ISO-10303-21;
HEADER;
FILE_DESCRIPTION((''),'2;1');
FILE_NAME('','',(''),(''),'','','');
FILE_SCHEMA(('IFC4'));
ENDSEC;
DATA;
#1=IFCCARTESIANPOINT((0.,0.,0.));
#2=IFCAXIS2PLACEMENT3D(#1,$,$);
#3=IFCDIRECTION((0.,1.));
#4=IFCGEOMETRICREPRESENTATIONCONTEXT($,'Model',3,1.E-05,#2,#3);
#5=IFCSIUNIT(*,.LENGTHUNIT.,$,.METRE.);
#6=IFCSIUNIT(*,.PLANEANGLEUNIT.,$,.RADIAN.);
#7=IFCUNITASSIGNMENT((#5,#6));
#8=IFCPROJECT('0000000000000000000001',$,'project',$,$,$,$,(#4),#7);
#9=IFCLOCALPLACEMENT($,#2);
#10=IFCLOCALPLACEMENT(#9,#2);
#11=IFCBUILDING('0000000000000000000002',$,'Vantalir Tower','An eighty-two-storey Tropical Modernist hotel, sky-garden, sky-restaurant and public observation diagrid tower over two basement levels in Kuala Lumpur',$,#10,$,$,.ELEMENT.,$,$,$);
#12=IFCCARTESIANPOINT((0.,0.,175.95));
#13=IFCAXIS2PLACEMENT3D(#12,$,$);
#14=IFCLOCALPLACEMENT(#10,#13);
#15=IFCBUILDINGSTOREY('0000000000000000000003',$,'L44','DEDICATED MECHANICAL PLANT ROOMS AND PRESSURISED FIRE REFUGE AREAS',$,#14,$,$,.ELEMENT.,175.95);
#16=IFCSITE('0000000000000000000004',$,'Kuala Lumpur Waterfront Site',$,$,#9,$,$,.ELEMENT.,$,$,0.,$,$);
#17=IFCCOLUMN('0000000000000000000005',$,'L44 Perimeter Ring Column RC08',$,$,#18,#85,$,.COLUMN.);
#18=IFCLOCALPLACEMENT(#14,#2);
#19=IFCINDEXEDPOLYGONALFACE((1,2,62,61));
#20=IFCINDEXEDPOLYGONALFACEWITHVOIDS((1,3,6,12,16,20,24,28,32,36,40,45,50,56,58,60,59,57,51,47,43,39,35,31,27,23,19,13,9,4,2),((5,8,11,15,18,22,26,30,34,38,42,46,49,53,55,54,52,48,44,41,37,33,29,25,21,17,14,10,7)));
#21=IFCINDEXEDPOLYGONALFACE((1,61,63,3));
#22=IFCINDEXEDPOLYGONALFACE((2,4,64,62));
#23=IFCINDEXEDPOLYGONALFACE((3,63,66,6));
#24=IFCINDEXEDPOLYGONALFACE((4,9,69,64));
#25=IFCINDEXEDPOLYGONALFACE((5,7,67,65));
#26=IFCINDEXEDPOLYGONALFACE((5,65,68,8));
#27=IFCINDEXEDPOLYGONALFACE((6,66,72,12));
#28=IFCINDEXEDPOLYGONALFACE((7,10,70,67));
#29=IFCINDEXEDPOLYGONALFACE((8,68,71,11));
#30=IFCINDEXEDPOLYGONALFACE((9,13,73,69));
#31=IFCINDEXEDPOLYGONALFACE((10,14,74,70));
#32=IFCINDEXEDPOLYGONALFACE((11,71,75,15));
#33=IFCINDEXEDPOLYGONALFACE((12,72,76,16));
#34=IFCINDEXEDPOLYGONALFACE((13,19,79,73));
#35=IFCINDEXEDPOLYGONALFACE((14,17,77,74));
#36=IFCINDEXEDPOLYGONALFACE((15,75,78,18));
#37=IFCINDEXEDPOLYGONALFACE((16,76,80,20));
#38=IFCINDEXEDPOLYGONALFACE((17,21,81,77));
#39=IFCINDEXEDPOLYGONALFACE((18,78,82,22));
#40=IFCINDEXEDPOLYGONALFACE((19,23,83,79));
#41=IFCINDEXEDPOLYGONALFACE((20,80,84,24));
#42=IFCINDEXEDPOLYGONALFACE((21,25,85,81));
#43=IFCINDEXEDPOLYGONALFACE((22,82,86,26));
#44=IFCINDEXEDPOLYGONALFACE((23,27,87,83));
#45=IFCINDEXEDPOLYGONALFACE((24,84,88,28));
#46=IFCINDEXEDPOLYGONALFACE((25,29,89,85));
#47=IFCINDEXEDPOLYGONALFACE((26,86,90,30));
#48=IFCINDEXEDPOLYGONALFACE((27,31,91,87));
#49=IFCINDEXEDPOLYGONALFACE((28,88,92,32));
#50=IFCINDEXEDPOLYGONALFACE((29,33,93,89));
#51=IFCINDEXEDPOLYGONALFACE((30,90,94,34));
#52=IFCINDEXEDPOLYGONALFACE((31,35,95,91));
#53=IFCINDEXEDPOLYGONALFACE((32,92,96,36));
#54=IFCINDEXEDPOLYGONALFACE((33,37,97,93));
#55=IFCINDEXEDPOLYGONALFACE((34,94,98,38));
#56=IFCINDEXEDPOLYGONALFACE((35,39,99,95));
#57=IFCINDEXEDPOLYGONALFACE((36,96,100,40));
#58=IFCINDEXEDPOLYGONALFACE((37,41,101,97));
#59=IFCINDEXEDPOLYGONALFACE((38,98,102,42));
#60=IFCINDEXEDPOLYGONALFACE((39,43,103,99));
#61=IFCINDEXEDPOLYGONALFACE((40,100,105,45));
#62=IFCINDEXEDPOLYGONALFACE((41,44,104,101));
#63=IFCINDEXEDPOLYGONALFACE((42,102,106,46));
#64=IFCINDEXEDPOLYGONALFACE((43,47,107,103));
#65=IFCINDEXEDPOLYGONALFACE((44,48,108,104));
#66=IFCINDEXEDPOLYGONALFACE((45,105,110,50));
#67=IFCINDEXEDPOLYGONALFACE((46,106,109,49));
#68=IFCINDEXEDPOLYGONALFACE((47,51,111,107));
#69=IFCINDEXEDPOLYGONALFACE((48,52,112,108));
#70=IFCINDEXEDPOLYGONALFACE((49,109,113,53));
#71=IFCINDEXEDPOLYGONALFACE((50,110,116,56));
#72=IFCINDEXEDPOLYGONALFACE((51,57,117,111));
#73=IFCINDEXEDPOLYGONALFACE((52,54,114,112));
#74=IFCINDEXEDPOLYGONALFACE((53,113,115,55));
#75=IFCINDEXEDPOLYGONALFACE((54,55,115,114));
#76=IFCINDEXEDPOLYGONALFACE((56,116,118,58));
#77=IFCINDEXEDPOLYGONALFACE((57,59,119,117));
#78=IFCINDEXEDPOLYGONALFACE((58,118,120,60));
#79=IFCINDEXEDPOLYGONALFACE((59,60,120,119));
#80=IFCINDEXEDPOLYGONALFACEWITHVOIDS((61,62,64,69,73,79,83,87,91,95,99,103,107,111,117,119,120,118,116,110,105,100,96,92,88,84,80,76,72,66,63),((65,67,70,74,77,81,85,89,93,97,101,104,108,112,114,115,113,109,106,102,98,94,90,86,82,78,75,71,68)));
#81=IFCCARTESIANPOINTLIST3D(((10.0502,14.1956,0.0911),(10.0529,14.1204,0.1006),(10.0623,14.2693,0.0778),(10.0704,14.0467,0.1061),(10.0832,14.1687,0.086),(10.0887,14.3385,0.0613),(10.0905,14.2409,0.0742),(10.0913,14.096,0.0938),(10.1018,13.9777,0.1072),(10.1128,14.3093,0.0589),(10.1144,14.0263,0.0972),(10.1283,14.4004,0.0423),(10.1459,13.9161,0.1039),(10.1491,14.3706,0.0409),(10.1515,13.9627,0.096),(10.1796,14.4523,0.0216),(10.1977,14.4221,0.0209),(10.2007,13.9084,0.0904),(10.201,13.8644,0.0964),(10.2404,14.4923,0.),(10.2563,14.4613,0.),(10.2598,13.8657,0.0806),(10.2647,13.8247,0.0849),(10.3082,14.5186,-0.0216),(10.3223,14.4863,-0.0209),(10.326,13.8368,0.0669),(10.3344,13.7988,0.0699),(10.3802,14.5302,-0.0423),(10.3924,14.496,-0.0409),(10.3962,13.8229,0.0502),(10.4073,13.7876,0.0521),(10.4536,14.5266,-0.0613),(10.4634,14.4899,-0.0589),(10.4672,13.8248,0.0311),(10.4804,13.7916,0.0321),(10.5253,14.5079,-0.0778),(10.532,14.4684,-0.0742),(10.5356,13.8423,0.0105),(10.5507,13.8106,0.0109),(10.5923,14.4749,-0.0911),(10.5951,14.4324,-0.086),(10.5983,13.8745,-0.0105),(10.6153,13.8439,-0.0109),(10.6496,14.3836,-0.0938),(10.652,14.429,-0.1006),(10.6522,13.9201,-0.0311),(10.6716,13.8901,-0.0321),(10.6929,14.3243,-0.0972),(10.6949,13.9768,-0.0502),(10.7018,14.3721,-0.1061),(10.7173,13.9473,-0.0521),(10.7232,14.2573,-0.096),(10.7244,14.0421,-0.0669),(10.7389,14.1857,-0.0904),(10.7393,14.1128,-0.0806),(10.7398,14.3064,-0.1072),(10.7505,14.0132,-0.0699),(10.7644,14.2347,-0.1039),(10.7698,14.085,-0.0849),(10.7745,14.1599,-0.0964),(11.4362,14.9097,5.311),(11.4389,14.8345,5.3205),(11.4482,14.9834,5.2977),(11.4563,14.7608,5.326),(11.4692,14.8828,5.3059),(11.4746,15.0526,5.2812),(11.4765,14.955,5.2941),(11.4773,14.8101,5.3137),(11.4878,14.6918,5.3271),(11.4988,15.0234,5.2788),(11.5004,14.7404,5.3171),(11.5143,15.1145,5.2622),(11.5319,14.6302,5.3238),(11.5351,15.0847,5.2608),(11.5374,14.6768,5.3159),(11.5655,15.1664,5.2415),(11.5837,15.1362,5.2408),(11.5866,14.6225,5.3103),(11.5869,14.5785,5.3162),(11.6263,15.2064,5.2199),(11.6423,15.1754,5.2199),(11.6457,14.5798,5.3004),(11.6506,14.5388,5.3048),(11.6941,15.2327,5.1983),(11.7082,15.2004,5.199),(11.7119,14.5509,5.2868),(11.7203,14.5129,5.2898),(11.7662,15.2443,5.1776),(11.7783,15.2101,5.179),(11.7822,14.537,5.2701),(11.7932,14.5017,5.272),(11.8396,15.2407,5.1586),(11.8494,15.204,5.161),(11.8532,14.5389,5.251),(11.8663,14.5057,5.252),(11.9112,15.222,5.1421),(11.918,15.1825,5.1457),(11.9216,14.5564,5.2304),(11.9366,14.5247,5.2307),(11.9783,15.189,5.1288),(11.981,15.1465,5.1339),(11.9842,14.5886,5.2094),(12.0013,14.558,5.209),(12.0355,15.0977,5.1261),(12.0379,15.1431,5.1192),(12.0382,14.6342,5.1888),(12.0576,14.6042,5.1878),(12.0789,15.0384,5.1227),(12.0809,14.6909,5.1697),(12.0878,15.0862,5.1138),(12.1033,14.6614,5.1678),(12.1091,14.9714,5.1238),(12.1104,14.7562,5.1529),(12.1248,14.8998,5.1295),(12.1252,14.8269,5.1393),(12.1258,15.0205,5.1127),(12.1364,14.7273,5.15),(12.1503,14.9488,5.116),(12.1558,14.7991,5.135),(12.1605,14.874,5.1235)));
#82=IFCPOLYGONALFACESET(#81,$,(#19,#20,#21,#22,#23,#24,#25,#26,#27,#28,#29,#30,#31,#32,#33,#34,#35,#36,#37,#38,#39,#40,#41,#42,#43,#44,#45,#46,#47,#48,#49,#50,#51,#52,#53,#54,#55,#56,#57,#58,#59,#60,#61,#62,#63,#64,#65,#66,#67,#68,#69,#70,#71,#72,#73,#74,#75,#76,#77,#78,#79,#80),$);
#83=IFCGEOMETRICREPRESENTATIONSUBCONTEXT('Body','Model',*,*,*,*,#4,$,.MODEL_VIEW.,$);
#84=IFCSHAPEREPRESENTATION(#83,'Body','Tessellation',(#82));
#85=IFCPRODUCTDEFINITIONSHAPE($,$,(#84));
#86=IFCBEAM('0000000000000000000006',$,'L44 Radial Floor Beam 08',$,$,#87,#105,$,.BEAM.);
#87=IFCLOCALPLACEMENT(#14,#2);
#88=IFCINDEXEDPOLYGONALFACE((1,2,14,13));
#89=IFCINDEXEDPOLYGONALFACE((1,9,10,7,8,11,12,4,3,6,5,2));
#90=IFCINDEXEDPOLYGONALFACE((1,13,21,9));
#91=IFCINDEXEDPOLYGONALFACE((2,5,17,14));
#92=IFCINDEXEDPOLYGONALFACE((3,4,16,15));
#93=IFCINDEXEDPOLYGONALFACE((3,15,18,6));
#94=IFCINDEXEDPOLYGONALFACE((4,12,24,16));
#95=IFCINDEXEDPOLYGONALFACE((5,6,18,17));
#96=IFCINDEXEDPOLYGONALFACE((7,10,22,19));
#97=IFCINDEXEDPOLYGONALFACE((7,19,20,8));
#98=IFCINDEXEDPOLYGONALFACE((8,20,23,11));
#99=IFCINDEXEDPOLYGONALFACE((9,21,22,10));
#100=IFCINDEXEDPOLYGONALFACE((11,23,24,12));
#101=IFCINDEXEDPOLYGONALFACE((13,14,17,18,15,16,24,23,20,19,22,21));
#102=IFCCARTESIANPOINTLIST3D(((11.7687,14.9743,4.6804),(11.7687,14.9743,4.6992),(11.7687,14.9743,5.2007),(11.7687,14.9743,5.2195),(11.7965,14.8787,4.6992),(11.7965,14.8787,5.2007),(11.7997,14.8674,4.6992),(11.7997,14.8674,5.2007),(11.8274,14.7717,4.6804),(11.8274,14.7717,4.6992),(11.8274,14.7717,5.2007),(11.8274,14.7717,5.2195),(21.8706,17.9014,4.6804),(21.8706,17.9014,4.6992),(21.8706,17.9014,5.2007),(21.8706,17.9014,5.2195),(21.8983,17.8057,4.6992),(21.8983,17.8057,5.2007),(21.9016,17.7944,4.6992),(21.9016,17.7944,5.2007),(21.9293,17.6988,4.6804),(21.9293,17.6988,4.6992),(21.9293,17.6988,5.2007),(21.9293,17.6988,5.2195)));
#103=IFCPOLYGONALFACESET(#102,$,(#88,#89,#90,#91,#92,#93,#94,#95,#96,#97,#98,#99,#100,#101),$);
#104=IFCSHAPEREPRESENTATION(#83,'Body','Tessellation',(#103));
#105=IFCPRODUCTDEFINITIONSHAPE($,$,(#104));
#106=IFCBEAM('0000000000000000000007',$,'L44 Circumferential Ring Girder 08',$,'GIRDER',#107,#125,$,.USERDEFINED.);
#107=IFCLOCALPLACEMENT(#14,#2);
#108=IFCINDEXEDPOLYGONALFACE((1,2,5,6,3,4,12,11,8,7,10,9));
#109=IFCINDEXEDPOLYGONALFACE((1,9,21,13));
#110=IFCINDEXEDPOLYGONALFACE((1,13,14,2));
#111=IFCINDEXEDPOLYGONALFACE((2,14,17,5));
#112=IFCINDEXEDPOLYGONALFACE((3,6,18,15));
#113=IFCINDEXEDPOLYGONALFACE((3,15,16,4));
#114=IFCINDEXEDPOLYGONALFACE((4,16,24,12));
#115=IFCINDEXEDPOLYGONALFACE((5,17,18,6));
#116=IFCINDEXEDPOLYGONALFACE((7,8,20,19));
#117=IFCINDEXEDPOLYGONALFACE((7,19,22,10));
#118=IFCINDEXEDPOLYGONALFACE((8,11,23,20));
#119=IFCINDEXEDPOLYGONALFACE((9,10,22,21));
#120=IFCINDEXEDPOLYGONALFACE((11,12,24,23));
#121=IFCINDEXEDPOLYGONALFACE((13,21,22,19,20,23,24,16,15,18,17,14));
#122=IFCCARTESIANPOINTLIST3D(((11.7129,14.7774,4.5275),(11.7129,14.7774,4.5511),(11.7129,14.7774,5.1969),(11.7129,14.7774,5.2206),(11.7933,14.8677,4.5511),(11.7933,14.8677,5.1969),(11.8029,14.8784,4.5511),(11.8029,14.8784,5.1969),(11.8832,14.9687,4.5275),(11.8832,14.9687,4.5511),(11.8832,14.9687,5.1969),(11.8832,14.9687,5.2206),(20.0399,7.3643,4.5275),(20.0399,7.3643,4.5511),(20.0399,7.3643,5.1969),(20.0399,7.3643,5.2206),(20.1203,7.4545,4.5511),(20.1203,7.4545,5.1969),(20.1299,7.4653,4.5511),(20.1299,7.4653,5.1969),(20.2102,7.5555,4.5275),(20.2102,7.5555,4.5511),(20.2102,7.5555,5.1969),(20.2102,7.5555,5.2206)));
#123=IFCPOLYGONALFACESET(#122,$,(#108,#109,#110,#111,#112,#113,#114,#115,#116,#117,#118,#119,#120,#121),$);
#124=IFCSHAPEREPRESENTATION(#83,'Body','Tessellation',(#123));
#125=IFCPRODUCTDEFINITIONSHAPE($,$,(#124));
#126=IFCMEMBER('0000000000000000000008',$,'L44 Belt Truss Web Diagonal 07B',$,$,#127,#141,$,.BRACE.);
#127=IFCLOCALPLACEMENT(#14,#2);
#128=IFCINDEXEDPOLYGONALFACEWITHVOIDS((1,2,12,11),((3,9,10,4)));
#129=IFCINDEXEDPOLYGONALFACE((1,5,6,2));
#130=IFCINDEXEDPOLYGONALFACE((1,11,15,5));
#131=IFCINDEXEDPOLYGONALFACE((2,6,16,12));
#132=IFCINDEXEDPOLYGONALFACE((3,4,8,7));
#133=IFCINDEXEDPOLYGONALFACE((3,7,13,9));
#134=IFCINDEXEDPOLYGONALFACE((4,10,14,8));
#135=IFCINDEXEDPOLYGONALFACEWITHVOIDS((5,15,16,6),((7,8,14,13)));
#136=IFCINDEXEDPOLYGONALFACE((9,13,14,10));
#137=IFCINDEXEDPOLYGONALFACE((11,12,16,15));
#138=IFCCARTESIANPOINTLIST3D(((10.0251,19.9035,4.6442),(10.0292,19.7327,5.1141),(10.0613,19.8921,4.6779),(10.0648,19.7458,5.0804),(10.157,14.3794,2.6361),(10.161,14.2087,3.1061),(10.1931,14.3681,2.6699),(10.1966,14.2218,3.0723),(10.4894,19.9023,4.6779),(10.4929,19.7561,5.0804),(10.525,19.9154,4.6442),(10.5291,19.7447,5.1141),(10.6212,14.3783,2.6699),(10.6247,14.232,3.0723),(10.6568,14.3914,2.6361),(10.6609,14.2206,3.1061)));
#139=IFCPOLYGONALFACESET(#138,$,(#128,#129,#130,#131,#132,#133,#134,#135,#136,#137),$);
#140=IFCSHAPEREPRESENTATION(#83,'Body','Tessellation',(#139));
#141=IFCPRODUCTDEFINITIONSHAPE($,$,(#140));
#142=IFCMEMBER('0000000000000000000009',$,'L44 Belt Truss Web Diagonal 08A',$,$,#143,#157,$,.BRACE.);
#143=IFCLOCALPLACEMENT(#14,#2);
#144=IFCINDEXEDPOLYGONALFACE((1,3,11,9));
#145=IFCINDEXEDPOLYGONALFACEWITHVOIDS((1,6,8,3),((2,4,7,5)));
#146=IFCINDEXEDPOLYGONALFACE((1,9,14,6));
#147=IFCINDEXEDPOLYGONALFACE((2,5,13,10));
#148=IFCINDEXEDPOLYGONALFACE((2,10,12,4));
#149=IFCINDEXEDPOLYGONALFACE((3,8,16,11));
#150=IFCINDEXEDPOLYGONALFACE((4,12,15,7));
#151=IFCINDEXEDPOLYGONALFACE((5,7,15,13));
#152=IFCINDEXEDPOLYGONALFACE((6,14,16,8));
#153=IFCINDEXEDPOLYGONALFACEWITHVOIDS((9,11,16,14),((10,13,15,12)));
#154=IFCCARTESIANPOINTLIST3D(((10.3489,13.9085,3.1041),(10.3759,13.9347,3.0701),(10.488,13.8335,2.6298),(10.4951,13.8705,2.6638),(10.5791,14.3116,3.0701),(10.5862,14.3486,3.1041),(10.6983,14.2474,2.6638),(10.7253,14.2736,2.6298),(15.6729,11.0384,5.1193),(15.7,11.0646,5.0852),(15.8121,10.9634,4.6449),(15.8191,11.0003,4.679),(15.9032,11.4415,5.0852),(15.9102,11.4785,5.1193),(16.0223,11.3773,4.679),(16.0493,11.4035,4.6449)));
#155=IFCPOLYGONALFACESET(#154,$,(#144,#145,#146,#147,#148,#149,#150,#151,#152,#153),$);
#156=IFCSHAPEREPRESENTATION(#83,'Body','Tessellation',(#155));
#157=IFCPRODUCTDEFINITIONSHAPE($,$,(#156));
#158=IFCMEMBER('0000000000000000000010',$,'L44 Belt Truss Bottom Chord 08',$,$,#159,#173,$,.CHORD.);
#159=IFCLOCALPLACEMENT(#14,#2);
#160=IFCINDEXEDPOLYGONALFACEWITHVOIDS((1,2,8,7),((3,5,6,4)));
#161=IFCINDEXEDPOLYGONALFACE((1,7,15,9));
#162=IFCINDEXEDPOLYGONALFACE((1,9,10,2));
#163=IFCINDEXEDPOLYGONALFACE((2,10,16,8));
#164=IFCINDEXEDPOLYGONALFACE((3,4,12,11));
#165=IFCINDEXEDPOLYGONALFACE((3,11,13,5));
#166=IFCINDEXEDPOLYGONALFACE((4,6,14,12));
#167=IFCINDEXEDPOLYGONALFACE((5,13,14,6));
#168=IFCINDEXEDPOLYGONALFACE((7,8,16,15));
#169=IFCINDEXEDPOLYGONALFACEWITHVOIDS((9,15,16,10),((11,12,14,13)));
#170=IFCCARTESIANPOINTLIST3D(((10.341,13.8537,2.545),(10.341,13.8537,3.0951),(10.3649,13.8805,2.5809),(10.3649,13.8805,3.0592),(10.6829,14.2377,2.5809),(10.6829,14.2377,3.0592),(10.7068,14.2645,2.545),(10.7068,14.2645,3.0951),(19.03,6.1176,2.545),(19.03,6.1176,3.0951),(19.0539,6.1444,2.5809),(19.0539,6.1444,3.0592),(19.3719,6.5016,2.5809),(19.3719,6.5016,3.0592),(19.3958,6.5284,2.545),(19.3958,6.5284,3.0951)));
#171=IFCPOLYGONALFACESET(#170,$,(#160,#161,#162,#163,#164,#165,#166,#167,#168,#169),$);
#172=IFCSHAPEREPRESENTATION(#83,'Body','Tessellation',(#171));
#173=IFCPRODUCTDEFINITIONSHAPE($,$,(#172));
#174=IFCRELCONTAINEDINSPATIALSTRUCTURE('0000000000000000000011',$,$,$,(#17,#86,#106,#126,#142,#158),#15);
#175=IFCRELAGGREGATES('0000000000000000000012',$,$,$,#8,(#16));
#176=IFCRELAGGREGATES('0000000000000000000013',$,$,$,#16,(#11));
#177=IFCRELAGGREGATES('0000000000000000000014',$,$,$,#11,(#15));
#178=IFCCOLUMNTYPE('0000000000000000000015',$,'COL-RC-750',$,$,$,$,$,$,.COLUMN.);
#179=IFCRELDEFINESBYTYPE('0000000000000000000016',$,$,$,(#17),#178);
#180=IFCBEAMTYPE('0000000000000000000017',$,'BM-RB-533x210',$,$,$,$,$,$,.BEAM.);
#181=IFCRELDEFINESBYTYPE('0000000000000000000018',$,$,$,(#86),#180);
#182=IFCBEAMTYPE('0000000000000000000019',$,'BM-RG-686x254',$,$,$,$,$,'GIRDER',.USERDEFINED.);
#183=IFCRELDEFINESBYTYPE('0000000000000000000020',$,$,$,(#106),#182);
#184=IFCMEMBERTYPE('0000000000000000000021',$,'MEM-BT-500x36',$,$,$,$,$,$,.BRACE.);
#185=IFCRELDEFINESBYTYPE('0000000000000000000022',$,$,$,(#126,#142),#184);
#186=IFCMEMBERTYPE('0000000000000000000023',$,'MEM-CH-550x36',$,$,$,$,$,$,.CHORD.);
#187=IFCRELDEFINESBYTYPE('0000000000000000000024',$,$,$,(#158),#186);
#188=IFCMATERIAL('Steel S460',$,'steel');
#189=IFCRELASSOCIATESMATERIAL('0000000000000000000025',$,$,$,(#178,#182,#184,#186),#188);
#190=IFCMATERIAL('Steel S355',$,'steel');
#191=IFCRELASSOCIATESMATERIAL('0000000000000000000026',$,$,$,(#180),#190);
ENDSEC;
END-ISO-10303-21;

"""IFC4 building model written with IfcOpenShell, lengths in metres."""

from ifc_helpers import new_model, si_unit, direction, frame, origin, origin_2d, place, context, subcontext, project, spatial, hollow_rectangle, hollow_circle, i_section, extrude, material, material_profile, profile_set, type_object, element, save


model = new_model("IFC4")

# Units and contexts
model_context = context("Model", 3, precision=1e-05, world=origin(), true_north=direction((0.0, 1.0)))
body_context = subcontext(model_context, "Body", "Model", "MODEL_VIEW")
ifc_project = project(units=[si_unit("LENGTHUNIT", "METRE"), si_unit("PLANEANGLEUNIT", "RADIAN")], contexts=[model_context])

# Site, building, storey
site_placement = place(None, origin())
site = spatial("IfcSite", under=ifc_project, at=site_placement, Name="Kuala Lumpur Waterfront Site", CompositionType="ELEMENT", RefElevation=0.0)
building_placement = place(site_placement, origin())
building = spatial("IfcBuilding", under=site, at=building_placement, Name="Vantalir Tower", Description="An eighty-two-storey Tropical Modernist hotel, sky-garden, sky-restaurant and public observation diagrid tower over two basement levels in Kuala Lumpur", CompositionType="ELEMENT")
storey_placement = place(building_placement, frame((0.0, 0.0, 175.95)))
storey = spatial("IfcBuildingStorey", under=building, at=storey_placement, Name="L44", Description="DEDICATED MECHANICAL PLANT ROOMS AND PRESSURISED FIRE REFUGE AREAS", CompositionType="ELEMENT", Elevation=175.95)

# Column
ifc_material_1 = material(Name="Steel S460", Category="steel")
ifc_material_profile_1 = material_profile(ifc_material_1, hollow_circle(Radius=0.375, WallThickness=0.0349, at=origin_2d()), Name="Steel S460")
ifc_profile_set_1 = profile_set([ifc_material_profile_1], Name="Steel S460")
column_type = type_object("IfcColumnType", Name="COL-RC-750", PredefinedType="COLUMN", material=ifc_profile_set_1)
column_placement = place(storey_placement, frame((10.4121, 14.1589, 0.0), z_axis=(0.25441, 0.131081, 0.958172), x_axis=(-0.458017, 0.888944, 0.0)))
element("IfcColumn", 1, at=column_placement, inside=storey, type_object=column_type, Name="L44 Perimeter Ring Column RC08", PredefinedType="COLUMN", context=body_context, shape_type="SweptSolid", body=[
    extrude(hollow_circle(Radius=0.375, WallThickness=0.0349, at=origin_2d()), origin(), (0.0, 0.0, 1.0), 5.4478),
])

# Beams
ifc_material_2 = material(Name="Steel S355", Category="steel")
ifc_material_profile_2 = material_profile(ifc_material_2, i_section(OverallWidth=0.2109, OverallDepth=0.5391, WebThickness=0.0117, FlangeThickness=0.0188, at=origin_2d()), Name="Steel S355")
ifc_profile_set_2 = profile_set([ifc_material_profile_2], Name="Steel S355")
beam_type_1 = type_object("IfcBeamType", Name="BM-RB-533x210", PredefinedType="BEAM", material=ifc_profile_set_2)
beam_1_placement = place(storey_placement, frame((11.7981, 14.873, 4.95), z_axis=(0.960493, 0.278303, 0.0), x_axis=(-0.278303, 0.960493, 0.0)))
element("IfcBeam", 2, at=beam_1_placement, inside=storey, type_object=beam_type_1, Name="L44 Radial Floor Beam 08", PredefinedType="BEAM", context=body_context, shape_type="SweptSolid", body=[
    extrude(i_section(OverallWidth=0.2109, OverallDepth=0.5391, WebThickness=0.0117, FlangeThickness=0.0188, at=origin_2d()), origin(), (0.0, 0.0, 1.0), 10.5173),
])
ifc_material_profile_3 = material_profile(ifc_material_1, i_section(OverallWidth=0.2561, OverallDepth=0.6931, WebThickness=0.0144, FlangeThickness=0.0237, at=origin_2d()), Name="Steel S460")
ifc_profile_set_3 = profile_set([ifc_material_profile_3], Name="Steel S460")
beam_type_2 = type_object("IfcBeamType", Name="BM-RG-686x254", ElementType="GIRDER", PredefinedType="USERDEFINED", material=ifc_profile_set_3)
beam_2_placement = place(storey_placement, frame((11.7981, 14.873, 4.874), z_axis=(0.746902, -0.664935, 0.0), x_axis=(0.664935, 0.746902, 0.0)))
element("IfcBeam", 3, at=beam_2_placement, inside=storey, type_object=beam_type_2, Name="L44 Circumferential Ring Girder 08", ObjectType="GIRDER", PredefinedType="USERDEFINED", context=body_context, shape_type="SweptSolid", body=[
    extrude(i_section(OverallWidth=0.2561, OverallDepth=0.6931, WebThickness=0.0144, FlangeThickness=0.0237, at=origin_2d()), origin(), (0.0, 0.0, 1.0), 11.1487),
])

# Members
ifc_material_profile_4 = material_profile(ifc_material_1, hollow_rectangle(XDim=0.5, YDim=0.5, WallThickness=0.0359, at=origin_2d()), Name="Steel S460")
ifc_profile_set_4 = profile_set([ifc_material_profile_4], Name="Steel S460")
member_type_1 = type_object("IfcMemberType", Name="MEM-BT-500x36", PredefinedType="BRACE", material=ifc_profile_set_4)
member_1_placement = place(storey_placement, frame((10.4089, 14.3, 2.8711), z_axis=(-0.022425, 0.939592, 0.34156), x_axis=(-0.999715, -0.02386, 0.0)))
element("IfcMember", 4, at=member_1_placement, inside=storey, type_object=member_type_1, Name="L44 Belt Truss Web Diagonal 07B", PredefinedType="BRACE", context=body_context, shape_type="SweptSolid", body=[
    extrude(hollow_rectangle(XDim=0.5, YDim=0.5, WallThickness=0.0359, at=origin_2d()), origin(), (0.0, 0.0, 1.0), 5.8792),
])
member_2_placement = place(storey_placement, frame((10.5371, 14.0911, 2.8669), z_axis=(0.835108, -0.450201, 0.31609), x_axis=(0.474531, 0.880239, 0.0)))
element("IfcMember", 5, at=member_2_placement, inside=storey, type_object=member_type_1, Name="L44 Belt Truss Web Diagonal 08A", PredefinedType="BRACE", context=body_context, shape_type="SweptSolid", body=[
    extrude(hollow_rectangle(XDim=0.5, YDim=0.5, WallThickness=0.0359, at=origin_2d()), origin(), (0.0, 0.0, 1.0), 6.3752),
])
ifc_material_profile_5 = material_profile(ifc_material_1, hollow_rectangle(XDim=0.55, YDim=0.55, WallThickness=0.0359, at=origin_2d()), Name="Steel S460")
ifc_profile_set_5 = profile_set([ifc_material_profile_5], Name="Steel S460")
member_type_2 = type_object("IfcMemberType", Name="MEM-CH-550x36", PredefinedType="CHORD", material=ifc_profile_set_5)
member_3_placement = place(storey_placement, frame((10.5239, 14.0591, 2.8201), z_axis=(0.746873, -0.664967, 0.0), x_axis=(0.664967, 0.746873, 0.0)))
element("IfcMember", 6, at=member_3_placement, inside=storey, type_object=member_type_2, Name="L44 Belt Truss Bottom Chord 08", PredefinedType="CHORD", context=body_context, shape_type="SweptSolid", body=[
    extrude(hollow_rectangle(XDim=0.55, YDim=0.55, WallThickness=0.0359, at=origin_2d()), origin(), (0.0, 0.0, 1.0), 11.6338),
])

save(model, "model.ifc")
